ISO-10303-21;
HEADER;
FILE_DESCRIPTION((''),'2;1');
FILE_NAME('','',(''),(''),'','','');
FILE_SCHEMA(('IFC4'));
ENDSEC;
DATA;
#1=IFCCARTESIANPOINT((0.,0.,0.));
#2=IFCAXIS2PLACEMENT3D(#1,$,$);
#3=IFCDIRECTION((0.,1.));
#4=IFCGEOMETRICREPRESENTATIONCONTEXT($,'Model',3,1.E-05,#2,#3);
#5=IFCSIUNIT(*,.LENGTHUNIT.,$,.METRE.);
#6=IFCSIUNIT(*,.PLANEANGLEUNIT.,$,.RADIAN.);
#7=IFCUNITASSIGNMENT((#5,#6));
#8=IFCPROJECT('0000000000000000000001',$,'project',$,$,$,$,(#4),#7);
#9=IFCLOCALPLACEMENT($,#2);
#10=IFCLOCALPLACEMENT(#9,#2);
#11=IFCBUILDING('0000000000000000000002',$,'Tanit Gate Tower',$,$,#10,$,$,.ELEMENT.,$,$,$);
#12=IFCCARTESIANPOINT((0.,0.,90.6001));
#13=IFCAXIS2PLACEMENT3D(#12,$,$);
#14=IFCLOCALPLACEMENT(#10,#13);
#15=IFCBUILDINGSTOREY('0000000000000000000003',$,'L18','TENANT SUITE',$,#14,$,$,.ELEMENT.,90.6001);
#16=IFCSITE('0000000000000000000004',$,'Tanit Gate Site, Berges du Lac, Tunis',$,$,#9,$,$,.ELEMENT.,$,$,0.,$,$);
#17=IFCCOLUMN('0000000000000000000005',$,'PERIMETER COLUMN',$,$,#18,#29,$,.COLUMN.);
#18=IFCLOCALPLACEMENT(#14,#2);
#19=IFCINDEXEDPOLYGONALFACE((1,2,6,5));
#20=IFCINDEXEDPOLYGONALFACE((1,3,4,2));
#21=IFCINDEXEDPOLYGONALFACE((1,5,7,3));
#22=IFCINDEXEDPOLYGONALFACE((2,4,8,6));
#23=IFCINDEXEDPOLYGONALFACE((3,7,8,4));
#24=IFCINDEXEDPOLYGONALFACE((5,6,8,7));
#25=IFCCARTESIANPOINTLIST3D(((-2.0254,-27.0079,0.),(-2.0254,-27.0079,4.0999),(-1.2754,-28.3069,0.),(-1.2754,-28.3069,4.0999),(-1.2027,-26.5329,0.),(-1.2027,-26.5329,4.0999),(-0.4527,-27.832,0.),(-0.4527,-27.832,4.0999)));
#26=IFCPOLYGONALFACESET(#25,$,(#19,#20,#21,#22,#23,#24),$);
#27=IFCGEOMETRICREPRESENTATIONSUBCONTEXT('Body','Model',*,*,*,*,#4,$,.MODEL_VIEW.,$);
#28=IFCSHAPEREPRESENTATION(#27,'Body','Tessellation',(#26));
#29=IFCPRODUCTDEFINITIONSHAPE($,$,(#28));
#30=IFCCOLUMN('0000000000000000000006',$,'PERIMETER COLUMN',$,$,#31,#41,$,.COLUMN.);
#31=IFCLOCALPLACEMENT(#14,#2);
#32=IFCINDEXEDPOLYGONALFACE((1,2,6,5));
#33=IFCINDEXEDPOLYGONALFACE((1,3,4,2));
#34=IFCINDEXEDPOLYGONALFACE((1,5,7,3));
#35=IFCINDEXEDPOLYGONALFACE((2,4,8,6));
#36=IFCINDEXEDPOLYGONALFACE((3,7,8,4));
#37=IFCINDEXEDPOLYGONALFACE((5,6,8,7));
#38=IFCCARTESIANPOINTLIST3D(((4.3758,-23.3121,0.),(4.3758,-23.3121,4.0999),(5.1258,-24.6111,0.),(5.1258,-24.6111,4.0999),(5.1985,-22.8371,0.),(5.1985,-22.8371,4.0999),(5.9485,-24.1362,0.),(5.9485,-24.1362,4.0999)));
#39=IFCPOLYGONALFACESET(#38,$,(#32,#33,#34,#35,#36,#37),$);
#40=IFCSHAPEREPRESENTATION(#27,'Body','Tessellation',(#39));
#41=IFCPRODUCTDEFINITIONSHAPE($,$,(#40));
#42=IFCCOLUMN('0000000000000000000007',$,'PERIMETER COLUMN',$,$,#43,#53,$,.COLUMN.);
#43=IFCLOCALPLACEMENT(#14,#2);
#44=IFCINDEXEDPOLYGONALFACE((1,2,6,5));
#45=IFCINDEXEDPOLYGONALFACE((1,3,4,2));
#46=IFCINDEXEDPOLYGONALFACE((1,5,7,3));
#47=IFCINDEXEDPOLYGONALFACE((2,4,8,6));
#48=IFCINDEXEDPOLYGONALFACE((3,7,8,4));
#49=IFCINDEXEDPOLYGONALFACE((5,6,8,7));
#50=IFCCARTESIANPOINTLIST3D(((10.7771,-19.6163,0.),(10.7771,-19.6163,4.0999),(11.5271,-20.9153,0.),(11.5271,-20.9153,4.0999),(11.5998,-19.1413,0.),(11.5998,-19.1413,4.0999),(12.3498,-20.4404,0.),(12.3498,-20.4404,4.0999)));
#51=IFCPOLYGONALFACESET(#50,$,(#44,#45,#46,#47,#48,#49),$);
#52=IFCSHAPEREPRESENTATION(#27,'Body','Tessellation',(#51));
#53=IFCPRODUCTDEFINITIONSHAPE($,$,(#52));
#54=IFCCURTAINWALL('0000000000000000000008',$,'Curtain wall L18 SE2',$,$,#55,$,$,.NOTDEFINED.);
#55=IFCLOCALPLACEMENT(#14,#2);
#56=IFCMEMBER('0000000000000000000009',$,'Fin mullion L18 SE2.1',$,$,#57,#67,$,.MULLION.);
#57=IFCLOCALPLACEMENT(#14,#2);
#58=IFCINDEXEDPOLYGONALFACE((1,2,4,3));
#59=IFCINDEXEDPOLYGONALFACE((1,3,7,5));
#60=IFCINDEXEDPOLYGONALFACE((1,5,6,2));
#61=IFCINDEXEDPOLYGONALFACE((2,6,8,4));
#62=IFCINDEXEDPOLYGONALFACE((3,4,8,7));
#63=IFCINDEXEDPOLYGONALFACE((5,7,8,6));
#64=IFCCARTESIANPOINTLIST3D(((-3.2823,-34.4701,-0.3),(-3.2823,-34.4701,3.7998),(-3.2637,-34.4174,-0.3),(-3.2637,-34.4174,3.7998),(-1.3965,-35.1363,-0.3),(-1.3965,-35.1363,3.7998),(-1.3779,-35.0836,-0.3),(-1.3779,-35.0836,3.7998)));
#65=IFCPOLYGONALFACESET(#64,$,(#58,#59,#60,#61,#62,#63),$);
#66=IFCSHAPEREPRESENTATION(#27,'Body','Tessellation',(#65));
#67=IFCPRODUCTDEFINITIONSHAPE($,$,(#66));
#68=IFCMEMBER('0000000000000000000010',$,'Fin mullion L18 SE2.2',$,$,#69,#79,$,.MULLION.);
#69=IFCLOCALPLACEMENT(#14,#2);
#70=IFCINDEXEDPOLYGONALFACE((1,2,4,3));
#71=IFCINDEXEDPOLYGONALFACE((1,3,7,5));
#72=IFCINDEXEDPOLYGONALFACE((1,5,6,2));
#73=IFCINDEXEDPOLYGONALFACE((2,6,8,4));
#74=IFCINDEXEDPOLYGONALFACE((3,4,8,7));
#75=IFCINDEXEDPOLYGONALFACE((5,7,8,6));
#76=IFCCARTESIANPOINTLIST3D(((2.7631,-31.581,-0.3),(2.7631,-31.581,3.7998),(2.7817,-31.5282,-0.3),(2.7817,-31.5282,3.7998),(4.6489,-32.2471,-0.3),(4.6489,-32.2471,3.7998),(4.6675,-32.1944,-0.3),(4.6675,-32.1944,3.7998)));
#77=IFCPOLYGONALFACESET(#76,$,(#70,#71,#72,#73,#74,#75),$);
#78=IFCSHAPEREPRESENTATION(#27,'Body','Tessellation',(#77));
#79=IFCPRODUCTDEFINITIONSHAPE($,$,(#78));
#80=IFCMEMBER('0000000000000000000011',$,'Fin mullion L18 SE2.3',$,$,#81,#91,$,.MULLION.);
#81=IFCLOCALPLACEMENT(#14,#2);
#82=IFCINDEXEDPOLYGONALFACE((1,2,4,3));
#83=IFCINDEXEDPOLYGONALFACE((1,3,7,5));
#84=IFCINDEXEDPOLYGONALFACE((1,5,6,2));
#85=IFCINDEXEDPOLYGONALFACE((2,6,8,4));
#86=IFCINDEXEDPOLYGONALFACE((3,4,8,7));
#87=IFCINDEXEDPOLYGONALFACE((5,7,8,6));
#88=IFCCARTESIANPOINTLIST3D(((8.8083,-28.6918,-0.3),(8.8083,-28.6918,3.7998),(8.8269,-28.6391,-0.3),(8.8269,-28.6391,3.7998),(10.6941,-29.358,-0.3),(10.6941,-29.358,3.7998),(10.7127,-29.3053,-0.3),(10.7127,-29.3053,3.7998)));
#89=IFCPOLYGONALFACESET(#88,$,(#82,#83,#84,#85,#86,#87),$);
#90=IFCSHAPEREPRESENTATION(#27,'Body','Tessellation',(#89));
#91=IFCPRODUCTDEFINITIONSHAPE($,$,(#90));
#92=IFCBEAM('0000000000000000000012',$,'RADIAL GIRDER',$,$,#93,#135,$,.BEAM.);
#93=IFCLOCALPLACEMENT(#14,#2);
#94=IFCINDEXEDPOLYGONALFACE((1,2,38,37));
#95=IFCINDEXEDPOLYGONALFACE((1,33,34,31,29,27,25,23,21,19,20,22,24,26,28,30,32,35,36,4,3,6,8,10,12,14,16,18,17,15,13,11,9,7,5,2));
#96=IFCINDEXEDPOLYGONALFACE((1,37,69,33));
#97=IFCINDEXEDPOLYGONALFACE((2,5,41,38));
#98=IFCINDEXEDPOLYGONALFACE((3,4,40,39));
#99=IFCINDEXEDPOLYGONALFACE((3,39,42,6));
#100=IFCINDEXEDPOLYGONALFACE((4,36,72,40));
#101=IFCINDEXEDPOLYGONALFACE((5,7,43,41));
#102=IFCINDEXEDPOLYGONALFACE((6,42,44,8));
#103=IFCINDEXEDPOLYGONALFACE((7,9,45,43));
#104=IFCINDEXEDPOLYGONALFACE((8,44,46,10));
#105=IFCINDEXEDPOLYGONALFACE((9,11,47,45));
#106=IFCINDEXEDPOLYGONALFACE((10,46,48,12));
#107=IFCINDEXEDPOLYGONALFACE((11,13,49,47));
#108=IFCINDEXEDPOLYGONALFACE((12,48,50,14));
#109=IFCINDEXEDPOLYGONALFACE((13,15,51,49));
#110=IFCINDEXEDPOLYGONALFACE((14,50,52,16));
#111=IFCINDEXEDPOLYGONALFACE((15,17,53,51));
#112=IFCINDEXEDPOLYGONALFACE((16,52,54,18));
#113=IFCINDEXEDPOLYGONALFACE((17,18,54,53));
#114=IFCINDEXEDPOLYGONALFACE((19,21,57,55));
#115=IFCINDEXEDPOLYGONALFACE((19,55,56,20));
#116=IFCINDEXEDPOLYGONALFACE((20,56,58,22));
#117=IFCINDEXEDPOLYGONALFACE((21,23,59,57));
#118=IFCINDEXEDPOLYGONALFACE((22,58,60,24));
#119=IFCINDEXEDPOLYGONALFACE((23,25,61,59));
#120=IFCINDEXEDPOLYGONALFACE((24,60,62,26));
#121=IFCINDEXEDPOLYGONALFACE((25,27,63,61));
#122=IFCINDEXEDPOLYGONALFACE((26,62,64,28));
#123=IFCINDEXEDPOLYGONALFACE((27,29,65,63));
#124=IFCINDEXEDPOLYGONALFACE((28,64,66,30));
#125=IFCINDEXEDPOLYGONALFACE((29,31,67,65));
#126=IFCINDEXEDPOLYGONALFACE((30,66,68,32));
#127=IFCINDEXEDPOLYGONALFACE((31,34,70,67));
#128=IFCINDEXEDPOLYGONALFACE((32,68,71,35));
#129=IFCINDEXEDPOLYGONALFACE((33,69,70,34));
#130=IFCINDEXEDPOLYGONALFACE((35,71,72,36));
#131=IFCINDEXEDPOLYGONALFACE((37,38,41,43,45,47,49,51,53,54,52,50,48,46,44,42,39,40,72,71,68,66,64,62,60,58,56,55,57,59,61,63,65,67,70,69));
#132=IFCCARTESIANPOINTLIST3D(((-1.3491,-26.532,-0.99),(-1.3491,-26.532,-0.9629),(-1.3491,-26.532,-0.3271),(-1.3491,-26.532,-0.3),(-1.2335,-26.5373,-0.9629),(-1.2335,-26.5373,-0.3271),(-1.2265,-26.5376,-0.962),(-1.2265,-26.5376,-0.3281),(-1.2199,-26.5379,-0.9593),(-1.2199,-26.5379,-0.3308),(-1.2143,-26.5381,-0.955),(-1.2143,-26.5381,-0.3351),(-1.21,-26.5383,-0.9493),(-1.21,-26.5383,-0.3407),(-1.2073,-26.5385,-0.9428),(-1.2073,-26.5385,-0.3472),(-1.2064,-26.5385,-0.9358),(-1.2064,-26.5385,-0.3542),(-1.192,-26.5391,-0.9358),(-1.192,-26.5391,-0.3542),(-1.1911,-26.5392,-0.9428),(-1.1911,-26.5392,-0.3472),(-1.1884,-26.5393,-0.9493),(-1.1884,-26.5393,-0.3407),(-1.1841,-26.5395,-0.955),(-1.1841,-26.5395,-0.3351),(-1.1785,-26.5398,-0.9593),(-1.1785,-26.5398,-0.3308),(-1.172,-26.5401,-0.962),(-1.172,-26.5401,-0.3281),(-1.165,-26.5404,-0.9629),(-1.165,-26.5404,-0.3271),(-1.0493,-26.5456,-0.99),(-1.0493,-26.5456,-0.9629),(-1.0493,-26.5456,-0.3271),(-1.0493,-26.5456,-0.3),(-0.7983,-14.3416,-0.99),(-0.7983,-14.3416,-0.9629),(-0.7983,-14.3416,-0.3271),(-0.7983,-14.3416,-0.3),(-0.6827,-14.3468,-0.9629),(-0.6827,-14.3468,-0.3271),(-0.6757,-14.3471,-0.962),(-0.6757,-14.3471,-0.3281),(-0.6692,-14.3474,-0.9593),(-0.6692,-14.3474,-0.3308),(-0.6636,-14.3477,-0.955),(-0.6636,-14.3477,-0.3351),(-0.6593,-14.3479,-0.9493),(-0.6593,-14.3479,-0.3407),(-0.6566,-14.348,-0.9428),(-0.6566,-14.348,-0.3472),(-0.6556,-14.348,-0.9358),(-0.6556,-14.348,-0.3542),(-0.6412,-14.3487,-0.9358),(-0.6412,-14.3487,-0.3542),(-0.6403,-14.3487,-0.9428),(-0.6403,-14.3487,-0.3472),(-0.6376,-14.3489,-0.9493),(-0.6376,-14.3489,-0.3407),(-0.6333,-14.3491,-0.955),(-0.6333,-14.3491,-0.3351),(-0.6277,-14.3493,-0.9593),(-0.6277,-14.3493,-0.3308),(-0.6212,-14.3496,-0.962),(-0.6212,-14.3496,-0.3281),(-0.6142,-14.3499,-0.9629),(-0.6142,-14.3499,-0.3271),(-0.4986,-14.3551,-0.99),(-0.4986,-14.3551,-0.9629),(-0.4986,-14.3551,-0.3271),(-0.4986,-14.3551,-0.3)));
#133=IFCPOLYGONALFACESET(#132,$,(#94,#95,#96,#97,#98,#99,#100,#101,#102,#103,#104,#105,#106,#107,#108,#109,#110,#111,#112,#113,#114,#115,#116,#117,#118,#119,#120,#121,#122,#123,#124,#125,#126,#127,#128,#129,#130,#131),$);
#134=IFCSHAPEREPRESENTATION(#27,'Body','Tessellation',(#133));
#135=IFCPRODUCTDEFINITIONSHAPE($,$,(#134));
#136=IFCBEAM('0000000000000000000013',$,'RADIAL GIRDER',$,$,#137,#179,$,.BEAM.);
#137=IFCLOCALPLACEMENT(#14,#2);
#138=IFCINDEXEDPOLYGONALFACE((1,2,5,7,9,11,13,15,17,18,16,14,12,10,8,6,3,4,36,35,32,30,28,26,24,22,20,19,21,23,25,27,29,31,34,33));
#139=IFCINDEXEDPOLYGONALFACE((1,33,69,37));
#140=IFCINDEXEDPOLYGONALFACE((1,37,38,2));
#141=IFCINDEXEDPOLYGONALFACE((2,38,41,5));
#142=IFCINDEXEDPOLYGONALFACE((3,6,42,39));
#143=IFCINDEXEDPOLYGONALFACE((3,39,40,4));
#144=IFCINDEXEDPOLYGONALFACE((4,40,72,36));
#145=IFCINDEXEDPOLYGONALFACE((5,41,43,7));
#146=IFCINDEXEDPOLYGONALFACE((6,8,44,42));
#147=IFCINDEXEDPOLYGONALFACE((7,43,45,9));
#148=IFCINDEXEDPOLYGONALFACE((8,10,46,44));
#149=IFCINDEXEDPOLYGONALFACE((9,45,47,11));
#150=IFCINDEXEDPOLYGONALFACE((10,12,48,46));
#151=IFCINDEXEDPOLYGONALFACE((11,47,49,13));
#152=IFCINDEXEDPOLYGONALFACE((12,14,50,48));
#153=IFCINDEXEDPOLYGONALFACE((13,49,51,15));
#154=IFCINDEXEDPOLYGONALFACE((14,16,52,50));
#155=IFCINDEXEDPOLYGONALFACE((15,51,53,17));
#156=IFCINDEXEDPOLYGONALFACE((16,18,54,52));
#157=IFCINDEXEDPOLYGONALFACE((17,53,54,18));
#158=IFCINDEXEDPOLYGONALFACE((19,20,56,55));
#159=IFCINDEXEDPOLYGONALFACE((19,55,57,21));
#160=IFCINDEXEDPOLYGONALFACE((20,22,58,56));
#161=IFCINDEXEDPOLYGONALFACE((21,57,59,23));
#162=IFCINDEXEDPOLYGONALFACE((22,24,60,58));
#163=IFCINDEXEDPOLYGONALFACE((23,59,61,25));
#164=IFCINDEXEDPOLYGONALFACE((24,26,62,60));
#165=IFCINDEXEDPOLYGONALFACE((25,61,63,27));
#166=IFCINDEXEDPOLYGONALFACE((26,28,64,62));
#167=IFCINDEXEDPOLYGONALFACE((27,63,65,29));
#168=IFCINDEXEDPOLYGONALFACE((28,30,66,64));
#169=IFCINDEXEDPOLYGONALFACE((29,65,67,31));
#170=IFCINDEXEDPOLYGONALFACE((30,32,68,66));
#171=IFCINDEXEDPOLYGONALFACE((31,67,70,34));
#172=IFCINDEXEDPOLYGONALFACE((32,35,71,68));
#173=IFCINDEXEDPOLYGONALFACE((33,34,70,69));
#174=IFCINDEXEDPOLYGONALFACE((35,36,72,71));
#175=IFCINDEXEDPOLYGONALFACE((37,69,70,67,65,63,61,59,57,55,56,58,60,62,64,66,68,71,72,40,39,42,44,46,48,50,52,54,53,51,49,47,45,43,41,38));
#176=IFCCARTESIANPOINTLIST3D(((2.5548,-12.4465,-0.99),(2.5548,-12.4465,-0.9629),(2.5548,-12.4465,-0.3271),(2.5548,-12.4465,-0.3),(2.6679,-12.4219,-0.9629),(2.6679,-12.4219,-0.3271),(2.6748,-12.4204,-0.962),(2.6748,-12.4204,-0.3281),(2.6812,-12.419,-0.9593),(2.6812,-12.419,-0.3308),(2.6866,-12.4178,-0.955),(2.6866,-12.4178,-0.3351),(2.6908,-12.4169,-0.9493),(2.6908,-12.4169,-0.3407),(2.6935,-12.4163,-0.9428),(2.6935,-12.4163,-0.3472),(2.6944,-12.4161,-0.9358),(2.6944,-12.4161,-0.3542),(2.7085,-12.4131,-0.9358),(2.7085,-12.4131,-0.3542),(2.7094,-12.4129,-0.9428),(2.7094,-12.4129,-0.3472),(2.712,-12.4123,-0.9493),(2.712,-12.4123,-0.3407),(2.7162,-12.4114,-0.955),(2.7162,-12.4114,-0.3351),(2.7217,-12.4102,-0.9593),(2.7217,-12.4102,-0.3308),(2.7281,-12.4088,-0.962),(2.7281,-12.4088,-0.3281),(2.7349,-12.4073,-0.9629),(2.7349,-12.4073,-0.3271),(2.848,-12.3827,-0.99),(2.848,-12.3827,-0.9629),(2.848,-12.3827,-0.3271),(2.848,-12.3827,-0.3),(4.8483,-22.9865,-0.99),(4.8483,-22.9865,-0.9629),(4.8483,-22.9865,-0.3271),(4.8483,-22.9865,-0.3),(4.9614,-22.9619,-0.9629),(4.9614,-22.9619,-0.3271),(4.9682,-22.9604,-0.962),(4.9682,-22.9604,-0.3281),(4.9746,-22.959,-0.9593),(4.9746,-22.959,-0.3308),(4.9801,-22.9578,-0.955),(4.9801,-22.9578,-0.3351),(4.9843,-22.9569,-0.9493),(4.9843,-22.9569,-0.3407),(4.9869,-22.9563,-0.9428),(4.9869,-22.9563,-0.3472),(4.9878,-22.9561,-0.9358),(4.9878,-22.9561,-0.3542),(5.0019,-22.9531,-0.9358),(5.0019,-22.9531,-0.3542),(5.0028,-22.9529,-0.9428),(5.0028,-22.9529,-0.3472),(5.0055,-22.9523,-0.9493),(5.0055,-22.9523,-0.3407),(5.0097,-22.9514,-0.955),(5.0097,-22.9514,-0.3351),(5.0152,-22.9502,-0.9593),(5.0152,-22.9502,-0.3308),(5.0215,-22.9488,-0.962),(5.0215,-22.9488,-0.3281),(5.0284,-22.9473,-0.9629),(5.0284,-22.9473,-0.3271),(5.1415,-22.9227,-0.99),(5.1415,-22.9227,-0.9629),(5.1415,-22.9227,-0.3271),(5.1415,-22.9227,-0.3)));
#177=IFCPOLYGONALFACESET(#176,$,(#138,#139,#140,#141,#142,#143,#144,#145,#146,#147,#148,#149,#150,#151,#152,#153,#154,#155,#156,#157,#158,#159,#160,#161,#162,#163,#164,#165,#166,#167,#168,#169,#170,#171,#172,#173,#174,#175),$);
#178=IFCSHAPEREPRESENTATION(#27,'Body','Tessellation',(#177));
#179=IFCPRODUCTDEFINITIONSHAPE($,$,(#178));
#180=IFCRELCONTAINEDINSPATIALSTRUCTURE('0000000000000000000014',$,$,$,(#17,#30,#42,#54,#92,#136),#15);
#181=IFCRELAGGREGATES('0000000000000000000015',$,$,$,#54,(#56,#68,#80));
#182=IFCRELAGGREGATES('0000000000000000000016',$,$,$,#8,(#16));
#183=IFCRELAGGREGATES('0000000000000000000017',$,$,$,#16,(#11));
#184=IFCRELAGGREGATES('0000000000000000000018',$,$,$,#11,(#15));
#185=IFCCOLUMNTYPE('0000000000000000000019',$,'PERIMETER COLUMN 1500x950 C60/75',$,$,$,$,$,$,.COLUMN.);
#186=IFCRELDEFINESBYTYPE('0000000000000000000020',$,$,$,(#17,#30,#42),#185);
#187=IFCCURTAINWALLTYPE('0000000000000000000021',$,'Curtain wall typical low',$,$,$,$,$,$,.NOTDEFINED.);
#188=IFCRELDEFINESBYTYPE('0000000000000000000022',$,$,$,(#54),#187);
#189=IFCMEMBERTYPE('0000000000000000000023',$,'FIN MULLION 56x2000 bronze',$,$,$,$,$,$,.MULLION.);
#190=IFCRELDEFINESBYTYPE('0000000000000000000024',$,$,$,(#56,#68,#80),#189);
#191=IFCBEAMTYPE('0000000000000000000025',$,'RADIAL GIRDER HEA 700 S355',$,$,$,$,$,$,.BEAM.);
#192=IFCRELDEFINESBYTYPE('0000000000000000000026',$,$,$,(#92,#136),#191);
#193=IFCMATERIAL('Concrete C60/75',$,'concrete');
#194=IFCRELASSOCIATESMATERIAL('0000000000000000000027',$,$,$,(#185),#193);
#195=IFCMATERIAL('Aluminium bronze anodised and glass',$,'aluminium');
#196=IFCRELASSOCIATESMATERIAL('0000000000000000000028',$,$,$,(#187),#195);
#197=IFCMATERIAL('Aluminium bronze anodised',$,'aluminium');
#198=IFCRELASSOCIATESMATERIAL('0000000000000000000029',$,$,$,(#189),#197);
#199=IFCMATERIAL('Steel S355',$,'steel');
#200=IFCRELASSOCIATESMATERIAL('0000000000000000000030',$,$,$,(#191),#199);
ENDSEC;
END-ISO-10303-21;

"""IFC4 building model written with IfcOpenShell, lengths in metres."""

from ifc_helpers import new_model, si_unit, direction, frame, origin, origin_2d, place, context, subcontext, project, spatial, rectangle, i_section, extrude, material, material_profile, profile_set, type_object, element, aggregate, save


model = new_model("IFC4")

# Units and contexts
model_context = context("Model", 3, precision=1e-05, world=origin(), true_north=direction((0.0, 1.0)))
body_context = subcontext(model_context, "Body", "Model", "MODEL_VIEW")
ifc_project = project(units=[si_unit("LENGTHUNIT", "METRE"), si_unit("PLANEANGLEUNIT", "RADIAN")], contexts=[model_context])

# Site, building, storey
site_placement = place(None, origin())
site = spatial("IfcSite", under=ifc_project, at=site_placement, Name="Tanit Gate Site, Berges du Lac, Tunis", CompositionType="ELEMENT", RefElevation=0.0)
building_placement = place(site_placement, origin())
building = spatial("IfcBuilding", under=site, at=building_placement, Name="Tanit Gate Tower", CompositionType="ELEMENT")
storey_placement = place(building_placement, frame((0.0, 0.0, 90.6001)))
storey = spatial("IfcBuildingStorey", under=building, at=storey_placement, Name="L18", Description="TENANT SUITE", CompositionType="ELEMENT", Elevation=90.6001)

# Columns
ifc_material_1 = material(Name="Concrete C60/75", Category="concrete")
ifc_material_profile_1 = material_profile(ifc_material_1, rectangle(XDim=1.5, YDim=0.95, at=origin_2d()), Name="RC 1500x950")
ifc_profile_set_1 = profile_set([ifc_material_profile_1], Name="Concrete C60/75")
column_type = type_object("IfcColumnType", Name="PERIMETER COLUMN 1500x950 C60/75", PredefinedType="COLUMN", material=ifc_profile_set_1)
for number, where, z_axis, x_axis, name in (
    (1, (-1.239, -27.4199, 0.0), (0.0, 0.0, 1.0), (0.5, -0.866025, 0.0), "PERIMETER COLUMN"),
    (2, (5.1621, -23.7241, 0.0), (0.0, 0.0, 1.0), (0.5, -0.866025, 0.0), "PERIMETER COLUMN"),
    (3, (11.5635, -20.0283, 0.0), (0.0, 0.0, 1.0), (0.5, -0.866025, 0.0), "PERIMETER COLUMN"),
):
    element("IfcColumn", number, at=place(storey_placement, frame(where, z_axis=z_axis, x_axis=x_axis)), inside=storey, type_object=column_type, Name=name, PredefinedType="COLUMN", context=body_context, shape_type="SweptSolid", body=[
        extrude(rectangle(XDim=1.5, YDim=0.95, at=origin_2d()), origin(), (0.0, 0.0, 1.0), 4.0999),
    ])

# Curtain wall, members
ifc_material_2 = material(Name="Aluminium bronze anodised and glass", Category="aluminium")
curtain_wall_type = type_object("IfcCurtainWallType", Name="Curtain wall typical low", PredefinedType="NOTDEFINED", material=ifc_material_2)
curtain_wall_placement = place(storey_placement, origin())
curtain_wall = element("IfcCurtainWall", 4, at=curtain_wall_placement, inside=storey, type_object=curtain_wall_type, Name="Curtain wall L18 SE2", PredefinedType="NOTDEFINED")
ifc_material_3 = material(Name="Aluminium bronze anodised", Category="aluminium")
ifc_material_profile_2 = material_profile(ifc_material_3, rectangle(XDim=2.0, YDim=0.0559, at=origin_2d()), Name="56x2000 bronze fin mullion")
ifc_profile_set_2 = profile_set([ifc_material_profile_2], Name="Aluminium bronze anodised")
member_type_1 = type_object("IfcMemberType", Name="FIN MULLION 56x2000 bronze", PredefinedType="MULLION", material=ifc_profile_set_2)
member_1_placement = place(storey_placement, frame((-2.3301, -34.7769, -0.3), z_axis=(0.0, 0.0, 1.0), x_axis=(-0.942895, 0.33309, 0.0)))
member_1 = element("IfcMember", 5, at=member_1_placement, type_object=member_type_1, Name="Fin mullion L18 SE2.1", PredefinedType="MULLION", context=body_context, shape_type="SweptSolid", body=[
    extrude(rectangle(XDim=2.0, YDim=0.0559, at=origin_2d()), origin(), (0.0, 0.0, 1.0), 4.0999),
])
member_2_placement = place(storey_placement, frame((3.7153, -31.8877, -0.3), z_axis=(0.0, 0.0, 1.0), x_axis=(-0.942895, 0.33309, 0.0)))
member_2 = element("IfcMember", 6, at=member_2_placement, type_object=member_type_1, Name="Fin mullion L18 SE2.2", PredefinedType="MULLION", context=body_context, shape_type="SweptSolid", body=[
    extrude(rectangle(XDim=2.0, YDim=0.0559, at=origin_2d()), origin(), (0.0, 0.0, 1.0), 4.0999),
])
member_3_placement = place(storey_placement, frame((9.7605, -28.9985, -0.3), z_axis=(0.0, 0.0, 1.0), x_axis=(-0.942895, 0.33309, 0.0)))
member_3 = element("IfcMember", 7, at=member_3_placement, type_object=member_type_1, Name="Fin mullion L18 SE2.3", PredefinedType="MULLION", context=body_context, shape_type="SweptSolid", body=[
    extrude(rectangle(XDim=2.0, YDim=0.0559, at=origin_2d()), origin(), (0.0, 0.0, 1.0), 4.0999),
])

# Beams
ifc_material_4 = material(Name="Steel S355", Category="steel")
ifc_material_profile_3 = material_profile(ifc_material_4, i_section(OverallWidth=0.3, OverallDepth=0.6899, WebThickness=0.0144, FlangeThickness=0.0271, FilletRadius=0.0271, at=origin_2d()), Name="HEA 700")
ifc_profile_set_3 = profile_set([ifc_material_profile_3], Name="Steel S355")
beam_type = type_object("IfcBeamType", Name="RADIAL GIRDER HEA 700 S355", PredefinedType="BEAM", material=ifc_profile_set_3)
beam_1_placement = place(storey_placement, frame((-1.1992, -26.5388, -0.645), z_axis=(0.045135, 0.998981, 0.0), x_axis=(-0.998981, 0.045135, 0.0)))
element("IfcBeam", 8, at=beam_1_placement, inside=storey, type_object=beam_type, Name="RADIAL GIRDER", PredefinedType="BEAM", context=body_context, shape_type="SweptSolid", body=[
    extrude(i_section(OverallWidth=0.3, OverallDepth=0.6899, WebThickness=0.0144, FlangeThickness=0.0271, FilletRadius=0.0271, at=origin_2d()), origin(), (0.0, 0.0, 1.0), 12.2029),
])
beam_2_placement = place(storey_placement, frame((4.9949, -22.9546, -0.645), z_axis=(-0.212619, 0.977135, 0.0), x_axis=(-0.977135, -0.212619, 0.0)))
element("IfcBeam", 9, at=beam_2_placement, inside=storey, type_object=beam_type, Name="RADIAL GIRDER", PredefinedType="BEAM", context=body_context, shape_type="SweptSolid", body=[
    extrude(i_section(OverallWidth=0.3, OverallDepth=0.6899, WebThickness=0.0144, FlangeThickness=0.0271, FilletRadius=0.0271, at=origin_2d()), origin(), (0.0, 0.0, 1.0), 10.7866),
])

aggregate(curtain_wall, [member_1, member_2, member_3])

save(model, "model.ifc")
